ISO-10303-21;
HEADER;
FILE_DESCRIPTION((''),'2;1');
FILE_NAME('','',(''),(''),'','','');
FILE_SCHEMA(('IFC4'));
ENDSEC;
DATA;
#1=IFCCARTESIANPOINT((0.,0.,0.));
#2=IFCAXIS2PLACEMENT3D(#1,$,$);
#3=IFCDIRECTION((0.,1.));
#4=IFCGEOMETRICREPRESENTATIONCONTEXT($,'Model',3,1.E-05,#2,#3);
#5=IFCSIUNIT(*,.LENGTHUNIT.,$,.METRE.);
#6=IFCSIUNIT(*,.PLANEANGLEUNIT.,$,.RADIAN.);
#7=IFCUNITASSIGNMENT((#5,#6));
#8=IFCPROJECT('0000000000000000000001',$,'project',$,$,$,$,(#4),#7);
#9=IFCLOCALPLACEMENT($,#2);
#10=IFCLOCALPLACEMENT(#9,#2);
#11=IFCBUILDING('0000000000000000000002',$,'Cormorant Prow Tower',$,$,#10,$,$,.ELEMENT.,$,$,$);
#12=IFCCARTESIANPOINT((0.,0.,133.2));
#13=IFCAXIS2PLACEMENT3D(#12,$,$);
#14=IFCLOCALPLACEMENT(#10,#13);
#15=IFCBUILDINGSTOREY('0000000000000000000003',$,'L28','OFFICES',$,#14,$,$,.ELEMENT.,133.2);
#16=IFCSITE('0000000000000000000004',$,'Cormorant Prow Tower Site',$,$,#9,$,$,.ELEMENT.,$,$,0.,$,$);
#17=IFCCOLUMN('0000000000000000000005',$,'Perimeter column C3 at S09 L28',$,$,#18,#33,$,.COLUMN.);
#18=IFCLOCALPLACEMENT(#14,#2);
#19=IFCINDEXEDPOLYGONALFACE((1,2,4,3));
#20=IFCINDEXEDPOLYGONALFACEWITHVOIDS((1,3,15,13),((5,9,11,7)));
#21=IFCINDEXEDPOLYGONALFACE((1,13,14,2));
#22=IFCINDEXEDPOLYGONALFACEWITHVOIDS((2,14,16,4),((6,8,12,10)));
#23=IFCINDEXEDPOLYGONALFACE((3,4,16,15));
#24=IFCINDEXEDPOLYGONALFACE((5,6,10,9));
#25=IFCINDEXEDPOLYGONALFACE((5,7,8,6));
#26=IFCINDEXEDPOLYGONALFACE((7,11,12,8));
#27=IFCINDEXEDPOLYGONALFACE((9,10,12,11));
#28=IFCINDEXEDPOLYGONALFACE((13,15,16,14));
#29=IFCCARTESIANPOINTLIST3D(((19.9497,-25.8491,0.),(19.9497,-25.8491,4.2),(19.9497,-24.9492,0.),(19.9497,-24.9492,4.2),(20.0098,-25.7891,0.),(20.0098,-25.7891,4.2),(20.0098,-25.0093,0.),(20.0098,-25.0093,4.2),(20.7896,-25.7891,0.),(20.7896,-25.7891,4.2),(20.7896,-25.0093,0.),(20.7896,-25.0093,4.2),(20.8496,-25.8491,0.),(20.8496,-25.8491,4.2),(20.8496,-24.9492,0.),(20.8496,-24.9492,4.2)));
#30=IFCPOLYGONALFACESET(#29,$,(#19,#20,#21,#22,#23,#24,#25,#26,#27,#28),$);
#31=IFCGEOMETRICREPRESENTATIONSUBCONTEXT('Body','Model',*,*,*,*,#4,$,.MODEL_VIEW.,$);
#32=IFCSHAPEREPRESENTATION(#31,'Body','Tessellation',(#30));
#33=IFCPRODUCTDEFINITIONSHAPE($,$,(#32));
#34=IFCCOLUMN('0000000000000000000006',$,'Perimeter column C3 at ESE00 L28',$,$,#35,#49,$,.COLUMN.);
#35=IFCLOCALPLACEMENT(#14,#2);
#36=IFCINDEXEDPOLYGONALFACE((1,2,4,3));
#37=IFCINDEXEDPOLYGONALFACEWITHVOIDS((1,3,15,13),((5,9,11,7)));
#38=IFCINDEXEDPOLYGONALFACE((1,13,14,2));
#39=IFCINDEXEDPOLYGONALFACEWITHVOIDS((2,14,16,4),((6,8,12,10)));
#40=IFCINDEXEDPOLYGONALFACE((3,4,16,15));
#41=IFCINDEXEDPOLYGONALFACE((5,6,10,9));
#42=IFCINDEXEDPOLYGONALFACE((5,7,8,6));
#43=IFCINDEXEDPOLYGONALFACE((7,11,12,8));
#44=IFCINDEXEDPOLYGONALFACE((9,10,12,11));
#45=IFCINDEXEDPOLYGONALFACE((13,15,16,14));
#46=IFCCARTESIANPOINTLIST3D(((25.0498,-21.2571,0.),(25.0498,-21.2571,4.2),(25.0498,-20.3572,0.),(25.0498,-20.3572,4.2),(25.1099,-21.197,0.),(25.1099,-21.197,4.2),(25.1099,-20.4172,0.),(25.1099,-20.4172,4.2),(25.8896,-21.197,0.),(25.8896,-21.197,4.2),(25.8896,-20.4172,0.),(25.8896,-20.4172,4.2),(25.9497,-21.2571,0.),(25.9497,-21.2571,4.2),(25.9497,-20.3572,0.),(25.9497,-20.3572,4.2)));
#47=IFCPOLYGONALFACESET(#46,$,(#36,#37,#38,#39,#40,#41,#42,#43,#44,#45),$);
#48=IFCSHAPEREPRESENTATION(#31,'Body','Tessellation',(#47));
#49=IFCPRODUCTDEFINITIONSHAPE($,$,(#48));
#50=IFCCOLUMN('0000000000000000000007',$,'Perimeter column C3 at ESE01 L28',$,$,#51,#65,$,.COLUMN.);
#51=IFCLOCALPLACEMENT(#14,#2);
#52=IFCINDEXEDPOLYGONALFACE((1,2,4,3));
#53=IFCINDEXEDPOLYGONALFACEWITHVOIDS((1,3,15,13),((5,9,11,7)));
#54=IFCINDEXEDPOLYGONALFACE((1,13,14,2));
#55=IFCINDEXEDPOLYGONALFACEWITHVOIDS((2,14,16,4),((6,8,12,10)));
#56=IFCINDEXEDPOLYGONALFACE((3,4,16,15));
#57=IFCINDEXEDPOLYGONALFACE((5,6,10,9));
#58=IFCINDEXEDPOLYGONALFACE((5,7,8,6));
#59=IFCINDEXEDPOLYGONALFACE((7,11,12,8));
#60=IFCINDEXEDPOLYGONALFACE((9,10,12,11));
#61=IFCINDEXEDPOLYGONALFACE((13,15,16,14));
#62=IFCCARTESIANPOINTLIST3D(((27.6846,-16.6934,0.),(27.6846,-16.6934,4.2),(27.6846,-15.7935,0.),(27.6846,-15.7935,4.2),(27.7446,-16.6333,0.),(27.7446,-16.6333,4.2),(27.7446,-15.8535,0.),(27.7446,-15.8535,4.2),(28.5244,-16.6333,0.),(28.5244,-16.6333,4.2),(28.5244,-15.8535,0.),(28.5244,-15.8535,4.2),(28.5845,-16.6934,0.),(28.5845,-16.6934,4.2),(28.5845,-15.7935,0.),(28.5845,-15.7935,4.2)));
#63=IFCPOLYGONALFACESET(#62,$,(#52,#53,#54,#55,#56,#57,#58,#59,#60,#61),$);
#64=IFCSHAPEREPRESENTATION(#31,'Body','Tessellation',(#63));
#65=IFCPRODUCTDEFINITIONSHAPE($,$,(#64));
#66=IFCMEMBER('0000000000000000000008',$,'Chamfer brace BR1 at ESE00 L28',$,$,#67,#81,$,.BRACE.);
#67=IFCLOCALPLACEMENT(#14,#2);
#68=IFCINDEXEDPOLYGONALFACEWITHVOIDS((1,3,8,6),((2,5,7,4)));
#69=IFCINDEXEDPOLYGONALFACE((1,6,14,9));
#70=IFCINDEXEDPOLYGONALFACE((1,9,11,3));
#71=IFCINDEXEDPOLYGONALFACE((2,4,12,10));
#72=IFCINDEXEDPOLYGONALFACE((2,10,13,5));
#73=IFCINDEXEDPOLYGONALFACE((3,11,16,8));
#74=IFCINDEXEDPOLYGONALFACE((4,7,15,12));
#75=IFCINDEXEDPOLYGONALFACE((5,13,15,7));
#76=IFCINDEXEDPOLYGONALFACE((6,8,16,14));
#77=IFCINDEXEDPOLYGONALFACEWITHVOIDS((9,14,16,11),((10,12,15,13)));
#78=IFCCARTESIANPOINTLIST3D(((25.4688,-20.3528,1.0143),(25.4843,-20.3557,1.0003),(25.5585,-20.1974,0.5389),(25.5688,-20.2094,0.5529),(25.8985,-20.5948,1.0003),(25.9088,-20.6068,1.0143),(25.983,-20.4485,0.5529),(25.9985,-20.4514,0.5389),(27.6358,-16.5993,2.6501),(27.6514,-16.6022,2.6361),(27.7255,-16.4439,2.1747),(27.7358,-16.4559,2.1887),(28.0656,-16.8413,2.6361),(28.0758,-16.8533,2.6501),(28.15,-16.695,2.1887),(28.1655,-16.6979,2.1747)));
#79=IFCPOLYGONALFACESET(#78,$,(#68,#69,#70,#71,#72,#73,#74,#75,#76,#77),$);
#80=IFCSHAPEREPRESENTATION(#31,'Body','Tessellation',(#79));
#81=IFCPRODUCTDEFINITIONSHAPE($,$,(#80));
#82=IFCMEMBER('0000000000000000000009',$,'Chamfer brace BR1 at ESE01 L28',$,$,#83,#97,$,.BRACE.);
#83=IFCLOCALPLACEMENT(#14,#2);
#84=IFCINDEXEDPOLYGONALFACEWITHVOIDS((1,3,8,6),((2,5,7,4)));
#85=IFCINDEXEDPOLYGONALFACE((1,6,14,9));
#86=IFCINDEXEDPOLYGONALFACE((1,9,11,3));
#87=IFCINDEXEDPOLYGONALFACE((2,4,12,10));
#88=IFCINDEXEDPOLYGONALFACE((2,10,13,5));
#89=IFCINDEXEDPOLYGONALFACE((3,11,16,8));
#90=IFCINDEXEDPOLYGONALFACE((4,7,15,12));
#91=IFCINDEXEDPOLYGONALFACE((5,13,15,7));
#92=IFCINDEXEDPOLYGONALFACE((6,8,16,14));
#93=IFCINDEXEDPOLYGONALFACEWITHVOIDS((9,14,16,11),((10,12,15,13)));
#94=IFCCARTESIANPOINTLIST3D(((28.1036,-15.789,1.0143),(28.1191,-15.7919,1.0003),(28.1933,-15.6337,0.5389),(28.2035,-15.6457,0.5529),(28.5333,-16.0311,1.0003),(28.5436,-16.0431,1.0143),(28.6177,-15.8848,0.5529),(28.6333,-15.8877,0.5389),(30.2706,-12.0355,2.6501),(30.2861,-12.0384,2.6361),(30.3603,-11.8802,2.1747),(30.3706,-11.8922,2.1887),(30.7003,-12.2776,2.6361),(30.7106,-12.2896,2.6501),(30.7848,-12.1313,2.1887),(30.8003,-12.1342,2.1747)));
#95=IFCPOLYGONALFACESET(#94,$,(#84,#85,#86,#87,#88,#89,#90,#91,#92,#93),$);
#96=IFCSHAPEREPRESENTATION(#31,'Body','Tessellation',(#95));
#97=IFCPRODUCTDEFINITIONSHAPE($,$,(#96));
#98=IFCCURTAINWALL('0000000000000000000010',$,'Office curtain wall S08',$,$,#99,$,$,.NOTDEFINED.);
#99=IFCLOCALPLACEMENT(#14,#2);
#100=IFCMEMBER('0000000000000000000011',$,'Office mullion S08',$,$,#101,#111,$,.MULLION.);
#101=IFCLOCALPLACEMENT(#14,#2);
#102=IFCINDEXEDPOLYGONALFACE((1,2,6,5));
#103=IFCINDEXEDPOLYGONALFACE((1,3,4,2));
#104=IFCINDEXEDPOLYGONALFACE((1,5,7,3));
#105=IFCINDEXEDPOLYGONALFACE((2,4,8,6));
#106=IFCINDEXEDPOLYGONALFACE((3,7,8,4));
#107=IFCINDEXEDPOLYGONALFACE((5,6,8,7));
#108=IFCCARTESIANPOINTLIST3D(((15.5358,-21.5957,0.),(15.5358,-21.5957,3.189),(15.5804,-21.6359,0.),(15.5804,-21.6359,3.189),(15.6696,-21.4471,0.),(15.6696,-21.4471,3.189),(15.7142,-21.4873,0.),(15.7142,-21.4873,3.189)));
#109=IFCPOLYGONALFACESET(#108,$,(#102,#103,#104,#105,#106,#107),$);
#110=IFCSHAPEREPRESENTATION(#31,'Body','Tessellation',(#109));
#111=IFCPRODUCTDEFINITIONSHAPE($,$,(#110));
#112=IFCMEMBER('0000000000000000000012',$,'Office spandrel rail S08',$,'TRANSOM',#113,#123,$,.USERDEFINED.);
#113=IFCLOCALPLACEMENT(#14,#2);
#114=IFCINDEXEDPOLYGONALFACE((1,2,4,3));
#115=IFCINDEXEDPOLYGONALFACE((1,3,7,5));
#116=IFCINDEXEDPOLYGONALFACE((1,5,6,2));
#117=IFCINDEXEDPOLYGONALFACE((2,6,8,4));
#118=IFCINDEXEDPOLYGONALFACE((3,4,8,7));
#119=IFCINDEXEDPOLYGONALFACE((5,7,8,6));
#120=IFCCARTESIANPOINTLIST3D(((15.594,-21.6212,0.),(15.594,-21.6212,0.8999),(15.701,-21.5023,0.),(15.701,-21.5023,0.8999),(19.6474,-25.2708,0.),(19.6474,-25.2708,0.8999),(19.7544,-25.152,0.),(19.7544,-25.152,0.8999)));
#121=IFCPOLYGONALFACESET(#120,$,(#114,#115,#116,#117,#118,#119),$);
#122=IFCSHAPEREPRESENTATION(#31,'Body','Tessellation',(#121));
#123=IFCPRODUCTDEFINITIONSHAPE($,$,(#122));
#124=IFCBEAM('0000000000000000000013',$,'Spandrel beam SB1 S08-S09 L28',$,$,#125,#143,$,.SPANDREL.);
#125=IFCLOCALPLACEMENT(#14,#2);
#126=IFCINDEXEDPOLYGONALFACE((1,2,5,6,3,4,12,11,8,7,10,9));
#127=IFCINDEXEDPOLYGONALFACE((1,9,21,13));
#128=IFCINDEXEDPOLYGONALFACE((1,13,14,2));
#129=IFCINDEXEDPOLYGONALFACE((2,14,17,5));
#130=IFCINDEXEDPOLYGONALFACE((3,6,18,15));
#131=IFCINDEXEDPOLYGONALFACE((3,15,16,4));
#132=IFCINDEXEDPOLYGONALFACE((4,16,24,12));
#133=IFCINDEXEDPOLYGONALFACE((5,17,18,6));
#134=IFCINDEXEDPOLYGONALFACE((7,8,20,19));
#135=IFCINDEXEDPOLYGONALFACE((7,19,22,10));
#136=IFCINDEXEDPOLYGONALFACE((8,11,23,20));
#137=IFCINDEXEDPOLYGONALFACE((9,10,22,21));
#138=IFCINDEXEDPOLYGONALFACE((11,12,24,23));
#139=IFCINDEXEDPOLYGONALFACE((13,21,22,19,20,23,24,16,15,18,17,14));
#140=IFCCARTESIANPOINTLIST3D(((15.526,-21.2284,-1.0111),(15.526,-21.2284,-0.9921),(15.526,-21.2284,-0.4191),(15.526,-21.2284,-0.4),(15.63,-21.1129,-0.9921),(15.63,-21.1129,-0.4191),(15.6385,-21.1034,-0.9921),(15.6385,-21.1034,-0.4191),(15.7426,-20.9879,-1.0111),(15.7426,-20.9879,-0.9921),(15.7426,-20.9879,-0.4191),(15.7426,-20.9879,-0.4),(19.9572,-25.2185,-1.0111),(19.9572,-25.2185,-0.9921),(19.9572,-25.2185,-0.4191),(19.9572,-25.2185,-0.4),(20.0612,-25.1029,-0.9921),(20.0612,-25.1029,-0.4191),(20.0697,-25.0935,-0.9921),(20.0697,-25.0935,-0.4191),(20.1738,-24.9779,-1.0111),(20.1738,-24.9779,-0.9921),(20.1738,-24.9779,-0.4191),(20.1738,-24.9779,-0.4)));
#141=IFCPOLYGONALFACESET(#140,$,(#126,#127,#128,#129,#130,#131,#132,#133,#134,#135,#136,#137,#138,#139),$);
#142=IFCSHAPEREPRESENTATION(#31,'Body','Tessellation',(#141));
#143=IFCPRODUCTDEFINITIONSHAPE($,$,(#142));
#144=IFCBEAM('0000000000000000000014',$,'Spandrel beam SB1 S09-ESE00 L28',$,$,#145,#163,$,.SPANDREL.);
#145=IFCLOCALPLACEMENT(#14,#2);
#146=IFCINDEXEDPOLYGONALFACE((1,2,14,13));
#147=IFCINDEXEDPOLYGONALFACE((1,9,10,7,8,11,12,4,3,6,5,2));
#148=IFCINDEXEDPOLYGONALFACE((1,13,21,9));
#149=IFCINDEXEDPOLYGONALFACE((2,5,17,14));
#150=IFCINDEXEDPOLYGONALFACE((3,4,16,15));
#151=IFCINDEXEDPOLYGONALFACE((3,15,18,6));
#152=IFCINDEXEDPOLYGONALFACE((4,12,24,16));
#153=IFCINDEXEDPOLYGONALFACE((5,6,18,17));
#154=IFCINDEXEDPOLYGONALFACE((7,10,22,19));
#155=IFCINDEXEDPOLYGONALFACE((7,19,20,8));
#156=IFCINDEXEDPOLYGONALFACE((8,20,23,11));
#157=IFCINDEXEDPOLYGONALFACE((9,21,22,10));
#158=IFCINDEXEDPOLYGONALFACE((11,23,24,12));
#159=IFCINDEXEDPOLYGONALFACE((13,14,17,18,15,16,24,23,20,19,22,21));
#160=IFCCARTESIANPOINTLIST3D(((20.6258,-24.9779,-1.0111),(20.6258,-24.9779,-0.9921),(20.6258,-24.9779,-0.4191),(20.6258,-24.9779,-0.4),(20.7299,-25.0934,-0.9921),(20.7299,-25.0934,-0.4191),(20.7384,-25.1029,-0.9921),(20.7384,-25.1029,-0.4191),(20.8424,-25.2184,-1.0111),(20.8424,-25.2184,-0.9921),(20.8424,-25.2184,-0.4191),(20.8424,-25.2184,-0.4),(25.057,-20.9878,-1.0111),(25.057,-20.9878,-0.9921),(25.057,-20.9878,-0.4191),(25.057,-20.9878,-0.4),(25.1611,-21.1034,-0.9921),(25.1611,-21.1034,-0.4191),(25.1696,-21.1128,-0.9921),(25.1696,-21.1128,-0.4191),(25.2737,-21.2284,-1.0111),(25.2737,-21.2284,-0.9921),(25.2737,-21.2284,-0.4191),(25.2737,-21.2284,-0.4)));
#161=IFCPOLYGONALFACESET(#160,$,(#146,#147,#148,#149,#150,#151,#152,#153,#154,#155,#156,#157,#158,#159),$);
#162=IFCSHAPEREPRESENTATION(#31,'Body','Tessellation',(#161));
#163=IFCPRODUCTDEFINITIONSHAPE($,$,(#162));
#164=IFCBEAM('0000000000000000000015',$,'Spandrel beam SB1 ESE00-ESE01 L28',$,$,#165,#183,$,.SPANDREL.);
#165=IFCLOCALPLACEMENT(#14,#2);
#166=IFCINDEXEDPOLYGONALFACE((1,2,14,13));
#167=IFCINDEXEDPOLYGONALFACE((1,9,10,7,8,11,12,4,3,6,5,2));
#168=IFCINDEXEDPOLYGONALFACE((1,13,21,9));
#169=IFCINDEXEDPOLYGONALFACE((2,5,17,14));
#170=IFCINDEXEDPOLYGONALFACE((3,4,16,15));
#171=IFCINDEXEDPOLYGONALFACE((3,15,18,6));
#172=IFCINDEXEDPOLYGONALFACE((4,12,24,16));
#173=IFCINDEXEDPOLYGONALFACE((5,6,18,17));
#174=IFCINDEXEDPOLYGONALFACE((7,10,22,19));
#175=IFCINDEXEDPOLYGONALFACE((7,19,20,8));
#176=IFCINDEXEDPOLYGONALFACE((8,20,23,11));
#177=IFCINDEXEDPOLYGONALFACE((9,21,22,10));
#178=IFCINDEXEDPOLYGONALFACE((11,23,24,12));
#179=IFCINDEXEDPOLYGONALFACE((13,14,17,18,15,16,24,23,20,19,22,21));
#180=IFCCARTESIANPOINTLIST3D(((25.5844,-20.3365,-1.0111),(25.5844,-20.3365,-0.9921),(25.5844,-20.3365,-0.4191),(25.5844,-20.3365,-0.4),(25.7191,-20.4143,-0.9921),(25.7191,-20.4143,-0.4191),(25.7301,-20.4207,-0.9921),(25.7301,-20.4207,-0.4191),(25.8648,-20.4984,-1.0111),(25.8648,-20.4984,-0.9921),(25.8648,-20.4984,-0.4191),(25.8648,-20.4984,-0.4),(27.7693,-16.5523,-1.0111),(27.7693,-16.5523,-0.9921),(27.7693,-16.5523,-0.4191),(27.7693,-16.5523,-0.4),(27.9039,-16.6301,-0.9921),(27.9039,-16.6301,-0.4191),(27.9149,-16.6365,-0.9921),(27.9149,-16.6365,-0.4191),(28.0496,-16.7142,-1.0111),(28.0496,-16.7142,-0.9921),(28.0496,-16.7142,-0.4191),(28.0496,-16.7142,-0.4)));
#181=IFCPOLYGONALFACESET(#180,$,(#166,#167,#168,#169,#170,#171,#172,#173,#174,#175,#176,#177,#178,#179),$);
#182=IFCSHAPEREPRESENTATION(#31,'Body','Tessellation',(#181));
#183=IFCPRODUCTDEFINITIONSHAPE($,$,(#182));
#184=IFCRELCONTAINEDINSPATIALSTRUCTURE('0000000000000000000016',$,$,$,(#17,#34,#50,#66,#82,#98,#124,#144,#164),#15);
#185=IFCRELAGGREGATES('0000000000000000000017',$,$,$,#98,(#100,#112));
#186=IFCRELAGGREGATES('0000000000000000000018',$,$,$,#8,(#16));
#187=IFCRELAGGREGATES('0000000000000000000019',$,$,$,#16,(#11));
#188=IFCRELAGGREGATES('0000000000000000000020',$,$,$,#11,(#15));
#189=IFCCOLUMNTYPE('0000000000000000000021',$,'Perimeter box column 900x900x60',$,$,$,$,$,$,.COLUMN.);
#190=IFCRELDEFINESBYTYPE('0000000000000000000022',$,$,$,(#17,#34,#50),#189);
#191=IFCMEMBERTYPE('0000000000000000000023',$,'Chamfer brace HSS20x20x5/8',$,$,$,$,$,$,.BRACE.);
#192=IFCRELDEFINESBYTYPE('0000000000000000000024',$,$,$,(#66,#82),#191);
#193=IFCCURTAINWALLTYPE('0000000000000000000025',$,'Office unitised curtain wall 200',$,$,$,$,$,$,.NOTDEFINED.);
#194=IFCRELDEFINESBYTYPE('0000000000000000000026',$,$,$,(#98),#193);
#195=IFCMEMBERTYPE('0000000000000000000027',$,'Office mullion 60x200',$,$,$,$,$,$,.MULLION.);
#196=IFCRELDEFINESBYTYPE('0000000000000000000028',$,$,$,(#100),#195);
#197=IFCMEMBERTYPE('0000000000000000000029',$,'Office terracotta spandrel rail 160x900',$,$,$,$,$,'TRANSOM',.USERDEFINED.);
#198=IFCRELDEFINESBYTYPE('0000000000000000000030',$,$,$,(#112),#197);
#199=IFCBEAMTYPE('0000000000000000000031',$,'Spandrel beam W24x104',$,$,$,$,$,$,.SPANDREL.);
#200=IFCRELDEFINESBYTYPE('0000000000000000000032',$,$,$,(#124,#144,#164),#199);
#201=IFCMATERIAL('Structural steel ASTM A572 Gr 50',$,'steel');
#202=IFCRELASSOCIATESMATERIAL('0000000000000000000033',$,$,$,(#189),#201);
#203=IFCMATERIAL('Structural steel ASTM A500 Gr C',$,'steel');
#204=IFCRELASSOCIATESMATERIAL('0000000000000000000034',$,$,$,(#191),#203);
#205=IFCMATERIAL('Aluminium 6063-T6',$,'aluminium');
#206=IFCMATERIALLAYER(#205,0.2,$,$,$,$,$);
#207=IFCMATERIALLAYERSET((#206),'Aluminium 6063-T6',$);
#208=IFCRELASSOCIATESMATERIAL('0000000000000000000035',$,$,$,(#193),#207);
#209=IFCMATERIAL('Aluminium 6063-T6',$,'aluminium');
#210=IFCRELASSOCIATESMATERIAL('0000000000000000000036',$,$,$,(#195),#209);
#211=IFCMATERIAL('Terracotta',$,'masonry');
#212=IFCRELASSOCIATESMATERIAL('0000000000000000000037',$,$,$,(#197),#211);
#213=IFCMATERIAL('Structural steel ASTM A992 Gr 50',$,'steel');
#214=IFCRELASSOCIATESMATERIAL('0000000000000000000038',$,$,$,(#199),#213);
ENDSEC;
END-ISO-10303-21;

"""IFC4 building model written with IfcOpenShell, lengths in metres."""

from ifc_helpers import new_model, si_unit, direction, frame, origin, origin_2d, place, context, subcontext, project, spatial, rectangle, hollow_rectangle, i_section, extrude, material, layer, layer_set, material_profile, profile_set, type_object, element, aggregate, save


model = new_model("IFC4")

# Units and contexts
model_context = context("Model", 3, precision=1e-05, world=origin(), true_north=direction((0.0, 1.0)))
body_context = subcontext(model_context, "Body", "Model", "MODEL_VIEW")
ifc_project = project(units=[si_unit("LENGTHUNIT", "METRE"), si_unit("PLANEANGLEUNIT", "RADIAN")], contexts=[model_context])

# Site, building, storey
site_placement = place(None, origin())
site = spatial("IfcSite", under=ifc_project, at=site_placement, Name="Cormorant Prow Tower Site", CompositionType="ELEMENT", RefElevation=0.0)
building_placement = place(site_placement, origin())
building = spatial("IfcBuilding", under=site, at=building_placement, Name="Cormorant Prow Tower", CompositionType="ELEMENT")
storey_placement = place(building_placement, frame((0.0, 0.0, 133.2)))
storey = spatial("IfcBuildingStorey", under=building, at=storey_placement, Name="L28", Description="OFFICES", CompositionType="ELEMENT", Elevation=133.2)

# Columns
ifc_material_1 = material(Name="Structural steel ASTM A572 Gr 50", Category="steel")
ifc_material_profile_1 = material_profile(ifc_material_1, hollow_rectangle(XDim=0.8999, YDim=0.8999, WallThickness=0.0601, at=origin_2d()), Name="Box 900x900x60")
ifc_profile_set_1 = profile_set([ifc_material_profile_1], Name="Structural steel ASTM A572 Gr 50")
column_type = type_object("IfcColumnType", Name="Perimeter box column 900x900x60", PredefinedType="COLUMN", material=ifc_profile_set_1)
for number, where, z_axis, x_axis, name in (
    (1, (20.3997, -25.3992, 0.0), (0.0, 0.0, 1.0), (1.0, 0.0, 0.0), "Perimeter column C3 at S09 L28"),
    (2, (25.4998, -20.8071, 0.0), (0.0, 0.0, 1.0), (1.0, 0.0, 0.0), "Perimeter column C3 at ESE00 L28"),
    (3, (28.1345, -16.2434, 0.0), (0.0, 0.0, 1.0), (1.0, 0.0, 0.0), "Perimeter column C3 at ESE01 L28"),
):
    element("IfcColumn", number, at=place(storey_placement, frame(where, z_axis=z_axis, x_axis=x_axis)), inside=storey, type_object=column_type, Name=name, PredefinedType="COLUMN", context=body_context, shape_type="SweptSolid", body=[
        extrude(hollow_rectangle(XDim=0.8999, YDim=0.8999, WallThickness=0.0601, at=origin_2d()), origin(), (0.0, 0.0, 1.0), 4.2),
    ])

# Members
ifc_material_2 = material(Name="Structural steel ASTM A500 Gr C", Category="steel")
ifc_material_profile_2 = material_profile(ifc_material_2, hollow_rectangle(XDim=0.5081, YDim=0.5081, WallThickness=0.0149, at=origin_2d()), Name="HSS20x20x5/8")
ifc_profile_set_2 = profile_set([ifc_material_profile_2], Name="Structural steel ASTM A500 Gr C")
member_type_1 = type_object("IfcMemberType", Name="Chamfer brace HSS20x20x5/8", PredefinedType="BRACE", material=ifc_profile_set_2)
for number, where, z_axis, x_axis, name in (
    (4, (25.7336, -20.4021, 0.7766), (0.467785, 0.810244, 0.353105), (-0.86603, 0.499992, 0.0), "Chamfer brace BR1 at ESE00 L28"),
    (5, (28.3684, -15.8384, 0.7766), (0.467785, 0.810244, 0.353105), (-0.86603, 0.499992, 0.0), "Chamfer brace BR1 at ESE01 L28"),
):
    element("IfcMember", number, at=place(storey_placement, frame(where, z_axis=z_axis, x_axis=x_axis)), inside=storey, type_object=member_type_1, Name=name, PredefinedType="BRACE", context=body_context, shape_type="SweptSolid", body=[
        extrude(hollow_rectangle(XDim=0.5081, YDim=0.5081, WallThickness=0.0149, at=origin_2d()), origin(), (0.0, 0.0, 1.0), 4.6326),
    ])

# Curtain wall, members
ifc_material_3 = material(Name="Aluminium 6063-T6", Category="aluminium")
ifc_layer_1 = layer(ifc_material_3, 0.2)
ifc_layer_set_1 = layer_set([ifc_layer_1], Name="Aluminium 6063-T6")
curtain_wall_type = type_object("IfcCurtainWallType", Name="Office unitised curtain wall 200", PredefinedType="NOTDEFINED", material=ifc_layer_set_1)
curtain_wall_placement = place(storey_placement, origin())
curtain_wall = element("IfcCurtainWall", 6, at=curtain_wall_placement, inside=storey, type_object=curtain_wall_type, Name="Office curtain wall S08", PredefinedType="NOTDEFINED")
ifc_material_4 = material(Name="Aluminium 6063-T6", Category="aluminium")
ifc_material_profile_3 = material_profile(ifc_material_4, rectangle(XDim=0.2, YDim=0.0601, at=origin_2d()), Name="Office mullion 60x200")
ifc_profile_set_3 = profile_set([ifc_material_profile_3], Name="Aluminium 6063-T6")
member_type_2 = type_object("IfcMemberType", Name="Office mullion 60x200", PredefinedType="MULLION", material=ifc_profile_set_3)
member_1_placement = place(storey_placement, frame((15.625, -21.5415, 0.0), z_axis=(0.0, 0.0, 1.0), x_axis=(0.669131, 0.743145, 0.0)))
member_1 = element("IfcMember", 7, at=member_1_placement, type_object=member_type_2, Name="Office mullion S08", PredefinedType="MULLION", context=body_context, shape_type="SweptSolid", body=[
    extrude(rectangle(XDim=0.2, YDim=0.0601, at=origin_2d()), origin(), (0.0, 0.0, 1.0), 3.189),
])
ifc_material_5 = material(Name="Terracotta", Category="masonry")
ifc_material_profile_4 = material_profile(ifc_material_5, rectangle(XDim=0.1599, YDim=0.8999, at=origin_2d()), Name="Office terracotta spandrel rail 160x900")
ifc_profile_set_4 = profile_set([ifc_material_profile_4], Name="Terracotta")
member_type_3 = type_object("IfcMemberType", Name="Office terracotta spandrel rail 160x900", ElementType="TRANSOM", PredefinedType="USERDEFINED", material=ifc_profile_set_4)
member_2_placement = place(storey_placement, frame((15.6475, -21.5618, 0.45), z_axis=(0.743154, -0.669121, 0.0), x_axis=(0.669121, 0.743154, 0.0)))
member_2 = element("IfcMember", 8, at=member_2_placement, type_object=member_type_3, Name="Office spandrel rail S08", ObjectType="TRANSOM", PredefinedType="USERDEFINED", context=body_context, shape_type="SweptSolid", body=[
    extrude(rectangle(XDim=0.1599, YDim=0.8999, at=origin_2d()), origin(), (0.0, 0.0, 1.0), 5.4543),
])

# Beams
ifc_material_6 = material(Name="Structural steel ASTM A992 Gr 50", Category="steel")
ifc_material_profile_5 = material_profile(ifc_material_6, i_section(OverallWidth=0.3237, OverallDepth=0.6111, WebThickness=0.0127, FlangeThickness=0.019, at=origin_2d()), Name="W24x104")
ifc_profile_set_5 = profile_set([ifc_material_profile_5], Name="Structural steel ASTM A992 Gr 50")
beam_type = type_object("IfcBeamType", Name="Spandrel beam W24x104", PredefinedType="SPANDREL", material=ifc_profile_set_5)
for number, where, z_axis, x_axis, name in (
    (9, (15.6343, -21.1082, -0.7056), (0.743131, -0.669146, 0.0), (0.669146, 0.743131, 0.0), "Spandrel beam SB1 S08-S09 L28"),
    (10, (20.7341, -25.0981, -0.7056), (0.743131, 0.669146, 0.0), (-0.669146, 0.743131, 0.0), "Spandrel beam SB1 S09-ESE00 L28"),
):
    element("IfcBeam", number, at=place(storey_placement, frame(where, z_axis=z_axis, x_axis=x_axis)), inside=storey, type_object=beam_type, Name=name, PredefinedType="SPANDREL", context=body_context, shape_type="SweptSolid", body=[
        extrude(i_section(OverallWidth=0.3237, OverallDepth=0.6111, WebThickness=0.0127, FlangeThickness=0.019, at=origin_2d()), origin(), (0.0, 0.0, 1.0), 5.9629),
    ])
for number, where, z_axis, x_axis, name in (
    (11, (25.7246, -20.4175, -0.7056), (0.500003, 0.866024, 0.0), (-0.866024, 0.500003, 0.0), "Spandrel beam SB1 ESE00-ESE01 L28"),
):
    element("IfcBeam", number, at=place(storey_placement, frame(where, z_axis=z_axis, x_axis=x_axis)), inside=storey, type_object=beam_type, Name=name, PredefinedType="SPANDREL", context=body_context, shape_type="SweptSolid", body=[
        extrude(i_section(OverallWidth=0.3237, OverallDepth=0.6111, WebThickness=0.0127, FlangeThickness=0.019, at=origin_2d()), origin(), (0.0, 0.0, 1.0), 4.3696),
    ])

aggregate(curtain_wall, [member_1, member_2])

save(model, "model.ifc")
